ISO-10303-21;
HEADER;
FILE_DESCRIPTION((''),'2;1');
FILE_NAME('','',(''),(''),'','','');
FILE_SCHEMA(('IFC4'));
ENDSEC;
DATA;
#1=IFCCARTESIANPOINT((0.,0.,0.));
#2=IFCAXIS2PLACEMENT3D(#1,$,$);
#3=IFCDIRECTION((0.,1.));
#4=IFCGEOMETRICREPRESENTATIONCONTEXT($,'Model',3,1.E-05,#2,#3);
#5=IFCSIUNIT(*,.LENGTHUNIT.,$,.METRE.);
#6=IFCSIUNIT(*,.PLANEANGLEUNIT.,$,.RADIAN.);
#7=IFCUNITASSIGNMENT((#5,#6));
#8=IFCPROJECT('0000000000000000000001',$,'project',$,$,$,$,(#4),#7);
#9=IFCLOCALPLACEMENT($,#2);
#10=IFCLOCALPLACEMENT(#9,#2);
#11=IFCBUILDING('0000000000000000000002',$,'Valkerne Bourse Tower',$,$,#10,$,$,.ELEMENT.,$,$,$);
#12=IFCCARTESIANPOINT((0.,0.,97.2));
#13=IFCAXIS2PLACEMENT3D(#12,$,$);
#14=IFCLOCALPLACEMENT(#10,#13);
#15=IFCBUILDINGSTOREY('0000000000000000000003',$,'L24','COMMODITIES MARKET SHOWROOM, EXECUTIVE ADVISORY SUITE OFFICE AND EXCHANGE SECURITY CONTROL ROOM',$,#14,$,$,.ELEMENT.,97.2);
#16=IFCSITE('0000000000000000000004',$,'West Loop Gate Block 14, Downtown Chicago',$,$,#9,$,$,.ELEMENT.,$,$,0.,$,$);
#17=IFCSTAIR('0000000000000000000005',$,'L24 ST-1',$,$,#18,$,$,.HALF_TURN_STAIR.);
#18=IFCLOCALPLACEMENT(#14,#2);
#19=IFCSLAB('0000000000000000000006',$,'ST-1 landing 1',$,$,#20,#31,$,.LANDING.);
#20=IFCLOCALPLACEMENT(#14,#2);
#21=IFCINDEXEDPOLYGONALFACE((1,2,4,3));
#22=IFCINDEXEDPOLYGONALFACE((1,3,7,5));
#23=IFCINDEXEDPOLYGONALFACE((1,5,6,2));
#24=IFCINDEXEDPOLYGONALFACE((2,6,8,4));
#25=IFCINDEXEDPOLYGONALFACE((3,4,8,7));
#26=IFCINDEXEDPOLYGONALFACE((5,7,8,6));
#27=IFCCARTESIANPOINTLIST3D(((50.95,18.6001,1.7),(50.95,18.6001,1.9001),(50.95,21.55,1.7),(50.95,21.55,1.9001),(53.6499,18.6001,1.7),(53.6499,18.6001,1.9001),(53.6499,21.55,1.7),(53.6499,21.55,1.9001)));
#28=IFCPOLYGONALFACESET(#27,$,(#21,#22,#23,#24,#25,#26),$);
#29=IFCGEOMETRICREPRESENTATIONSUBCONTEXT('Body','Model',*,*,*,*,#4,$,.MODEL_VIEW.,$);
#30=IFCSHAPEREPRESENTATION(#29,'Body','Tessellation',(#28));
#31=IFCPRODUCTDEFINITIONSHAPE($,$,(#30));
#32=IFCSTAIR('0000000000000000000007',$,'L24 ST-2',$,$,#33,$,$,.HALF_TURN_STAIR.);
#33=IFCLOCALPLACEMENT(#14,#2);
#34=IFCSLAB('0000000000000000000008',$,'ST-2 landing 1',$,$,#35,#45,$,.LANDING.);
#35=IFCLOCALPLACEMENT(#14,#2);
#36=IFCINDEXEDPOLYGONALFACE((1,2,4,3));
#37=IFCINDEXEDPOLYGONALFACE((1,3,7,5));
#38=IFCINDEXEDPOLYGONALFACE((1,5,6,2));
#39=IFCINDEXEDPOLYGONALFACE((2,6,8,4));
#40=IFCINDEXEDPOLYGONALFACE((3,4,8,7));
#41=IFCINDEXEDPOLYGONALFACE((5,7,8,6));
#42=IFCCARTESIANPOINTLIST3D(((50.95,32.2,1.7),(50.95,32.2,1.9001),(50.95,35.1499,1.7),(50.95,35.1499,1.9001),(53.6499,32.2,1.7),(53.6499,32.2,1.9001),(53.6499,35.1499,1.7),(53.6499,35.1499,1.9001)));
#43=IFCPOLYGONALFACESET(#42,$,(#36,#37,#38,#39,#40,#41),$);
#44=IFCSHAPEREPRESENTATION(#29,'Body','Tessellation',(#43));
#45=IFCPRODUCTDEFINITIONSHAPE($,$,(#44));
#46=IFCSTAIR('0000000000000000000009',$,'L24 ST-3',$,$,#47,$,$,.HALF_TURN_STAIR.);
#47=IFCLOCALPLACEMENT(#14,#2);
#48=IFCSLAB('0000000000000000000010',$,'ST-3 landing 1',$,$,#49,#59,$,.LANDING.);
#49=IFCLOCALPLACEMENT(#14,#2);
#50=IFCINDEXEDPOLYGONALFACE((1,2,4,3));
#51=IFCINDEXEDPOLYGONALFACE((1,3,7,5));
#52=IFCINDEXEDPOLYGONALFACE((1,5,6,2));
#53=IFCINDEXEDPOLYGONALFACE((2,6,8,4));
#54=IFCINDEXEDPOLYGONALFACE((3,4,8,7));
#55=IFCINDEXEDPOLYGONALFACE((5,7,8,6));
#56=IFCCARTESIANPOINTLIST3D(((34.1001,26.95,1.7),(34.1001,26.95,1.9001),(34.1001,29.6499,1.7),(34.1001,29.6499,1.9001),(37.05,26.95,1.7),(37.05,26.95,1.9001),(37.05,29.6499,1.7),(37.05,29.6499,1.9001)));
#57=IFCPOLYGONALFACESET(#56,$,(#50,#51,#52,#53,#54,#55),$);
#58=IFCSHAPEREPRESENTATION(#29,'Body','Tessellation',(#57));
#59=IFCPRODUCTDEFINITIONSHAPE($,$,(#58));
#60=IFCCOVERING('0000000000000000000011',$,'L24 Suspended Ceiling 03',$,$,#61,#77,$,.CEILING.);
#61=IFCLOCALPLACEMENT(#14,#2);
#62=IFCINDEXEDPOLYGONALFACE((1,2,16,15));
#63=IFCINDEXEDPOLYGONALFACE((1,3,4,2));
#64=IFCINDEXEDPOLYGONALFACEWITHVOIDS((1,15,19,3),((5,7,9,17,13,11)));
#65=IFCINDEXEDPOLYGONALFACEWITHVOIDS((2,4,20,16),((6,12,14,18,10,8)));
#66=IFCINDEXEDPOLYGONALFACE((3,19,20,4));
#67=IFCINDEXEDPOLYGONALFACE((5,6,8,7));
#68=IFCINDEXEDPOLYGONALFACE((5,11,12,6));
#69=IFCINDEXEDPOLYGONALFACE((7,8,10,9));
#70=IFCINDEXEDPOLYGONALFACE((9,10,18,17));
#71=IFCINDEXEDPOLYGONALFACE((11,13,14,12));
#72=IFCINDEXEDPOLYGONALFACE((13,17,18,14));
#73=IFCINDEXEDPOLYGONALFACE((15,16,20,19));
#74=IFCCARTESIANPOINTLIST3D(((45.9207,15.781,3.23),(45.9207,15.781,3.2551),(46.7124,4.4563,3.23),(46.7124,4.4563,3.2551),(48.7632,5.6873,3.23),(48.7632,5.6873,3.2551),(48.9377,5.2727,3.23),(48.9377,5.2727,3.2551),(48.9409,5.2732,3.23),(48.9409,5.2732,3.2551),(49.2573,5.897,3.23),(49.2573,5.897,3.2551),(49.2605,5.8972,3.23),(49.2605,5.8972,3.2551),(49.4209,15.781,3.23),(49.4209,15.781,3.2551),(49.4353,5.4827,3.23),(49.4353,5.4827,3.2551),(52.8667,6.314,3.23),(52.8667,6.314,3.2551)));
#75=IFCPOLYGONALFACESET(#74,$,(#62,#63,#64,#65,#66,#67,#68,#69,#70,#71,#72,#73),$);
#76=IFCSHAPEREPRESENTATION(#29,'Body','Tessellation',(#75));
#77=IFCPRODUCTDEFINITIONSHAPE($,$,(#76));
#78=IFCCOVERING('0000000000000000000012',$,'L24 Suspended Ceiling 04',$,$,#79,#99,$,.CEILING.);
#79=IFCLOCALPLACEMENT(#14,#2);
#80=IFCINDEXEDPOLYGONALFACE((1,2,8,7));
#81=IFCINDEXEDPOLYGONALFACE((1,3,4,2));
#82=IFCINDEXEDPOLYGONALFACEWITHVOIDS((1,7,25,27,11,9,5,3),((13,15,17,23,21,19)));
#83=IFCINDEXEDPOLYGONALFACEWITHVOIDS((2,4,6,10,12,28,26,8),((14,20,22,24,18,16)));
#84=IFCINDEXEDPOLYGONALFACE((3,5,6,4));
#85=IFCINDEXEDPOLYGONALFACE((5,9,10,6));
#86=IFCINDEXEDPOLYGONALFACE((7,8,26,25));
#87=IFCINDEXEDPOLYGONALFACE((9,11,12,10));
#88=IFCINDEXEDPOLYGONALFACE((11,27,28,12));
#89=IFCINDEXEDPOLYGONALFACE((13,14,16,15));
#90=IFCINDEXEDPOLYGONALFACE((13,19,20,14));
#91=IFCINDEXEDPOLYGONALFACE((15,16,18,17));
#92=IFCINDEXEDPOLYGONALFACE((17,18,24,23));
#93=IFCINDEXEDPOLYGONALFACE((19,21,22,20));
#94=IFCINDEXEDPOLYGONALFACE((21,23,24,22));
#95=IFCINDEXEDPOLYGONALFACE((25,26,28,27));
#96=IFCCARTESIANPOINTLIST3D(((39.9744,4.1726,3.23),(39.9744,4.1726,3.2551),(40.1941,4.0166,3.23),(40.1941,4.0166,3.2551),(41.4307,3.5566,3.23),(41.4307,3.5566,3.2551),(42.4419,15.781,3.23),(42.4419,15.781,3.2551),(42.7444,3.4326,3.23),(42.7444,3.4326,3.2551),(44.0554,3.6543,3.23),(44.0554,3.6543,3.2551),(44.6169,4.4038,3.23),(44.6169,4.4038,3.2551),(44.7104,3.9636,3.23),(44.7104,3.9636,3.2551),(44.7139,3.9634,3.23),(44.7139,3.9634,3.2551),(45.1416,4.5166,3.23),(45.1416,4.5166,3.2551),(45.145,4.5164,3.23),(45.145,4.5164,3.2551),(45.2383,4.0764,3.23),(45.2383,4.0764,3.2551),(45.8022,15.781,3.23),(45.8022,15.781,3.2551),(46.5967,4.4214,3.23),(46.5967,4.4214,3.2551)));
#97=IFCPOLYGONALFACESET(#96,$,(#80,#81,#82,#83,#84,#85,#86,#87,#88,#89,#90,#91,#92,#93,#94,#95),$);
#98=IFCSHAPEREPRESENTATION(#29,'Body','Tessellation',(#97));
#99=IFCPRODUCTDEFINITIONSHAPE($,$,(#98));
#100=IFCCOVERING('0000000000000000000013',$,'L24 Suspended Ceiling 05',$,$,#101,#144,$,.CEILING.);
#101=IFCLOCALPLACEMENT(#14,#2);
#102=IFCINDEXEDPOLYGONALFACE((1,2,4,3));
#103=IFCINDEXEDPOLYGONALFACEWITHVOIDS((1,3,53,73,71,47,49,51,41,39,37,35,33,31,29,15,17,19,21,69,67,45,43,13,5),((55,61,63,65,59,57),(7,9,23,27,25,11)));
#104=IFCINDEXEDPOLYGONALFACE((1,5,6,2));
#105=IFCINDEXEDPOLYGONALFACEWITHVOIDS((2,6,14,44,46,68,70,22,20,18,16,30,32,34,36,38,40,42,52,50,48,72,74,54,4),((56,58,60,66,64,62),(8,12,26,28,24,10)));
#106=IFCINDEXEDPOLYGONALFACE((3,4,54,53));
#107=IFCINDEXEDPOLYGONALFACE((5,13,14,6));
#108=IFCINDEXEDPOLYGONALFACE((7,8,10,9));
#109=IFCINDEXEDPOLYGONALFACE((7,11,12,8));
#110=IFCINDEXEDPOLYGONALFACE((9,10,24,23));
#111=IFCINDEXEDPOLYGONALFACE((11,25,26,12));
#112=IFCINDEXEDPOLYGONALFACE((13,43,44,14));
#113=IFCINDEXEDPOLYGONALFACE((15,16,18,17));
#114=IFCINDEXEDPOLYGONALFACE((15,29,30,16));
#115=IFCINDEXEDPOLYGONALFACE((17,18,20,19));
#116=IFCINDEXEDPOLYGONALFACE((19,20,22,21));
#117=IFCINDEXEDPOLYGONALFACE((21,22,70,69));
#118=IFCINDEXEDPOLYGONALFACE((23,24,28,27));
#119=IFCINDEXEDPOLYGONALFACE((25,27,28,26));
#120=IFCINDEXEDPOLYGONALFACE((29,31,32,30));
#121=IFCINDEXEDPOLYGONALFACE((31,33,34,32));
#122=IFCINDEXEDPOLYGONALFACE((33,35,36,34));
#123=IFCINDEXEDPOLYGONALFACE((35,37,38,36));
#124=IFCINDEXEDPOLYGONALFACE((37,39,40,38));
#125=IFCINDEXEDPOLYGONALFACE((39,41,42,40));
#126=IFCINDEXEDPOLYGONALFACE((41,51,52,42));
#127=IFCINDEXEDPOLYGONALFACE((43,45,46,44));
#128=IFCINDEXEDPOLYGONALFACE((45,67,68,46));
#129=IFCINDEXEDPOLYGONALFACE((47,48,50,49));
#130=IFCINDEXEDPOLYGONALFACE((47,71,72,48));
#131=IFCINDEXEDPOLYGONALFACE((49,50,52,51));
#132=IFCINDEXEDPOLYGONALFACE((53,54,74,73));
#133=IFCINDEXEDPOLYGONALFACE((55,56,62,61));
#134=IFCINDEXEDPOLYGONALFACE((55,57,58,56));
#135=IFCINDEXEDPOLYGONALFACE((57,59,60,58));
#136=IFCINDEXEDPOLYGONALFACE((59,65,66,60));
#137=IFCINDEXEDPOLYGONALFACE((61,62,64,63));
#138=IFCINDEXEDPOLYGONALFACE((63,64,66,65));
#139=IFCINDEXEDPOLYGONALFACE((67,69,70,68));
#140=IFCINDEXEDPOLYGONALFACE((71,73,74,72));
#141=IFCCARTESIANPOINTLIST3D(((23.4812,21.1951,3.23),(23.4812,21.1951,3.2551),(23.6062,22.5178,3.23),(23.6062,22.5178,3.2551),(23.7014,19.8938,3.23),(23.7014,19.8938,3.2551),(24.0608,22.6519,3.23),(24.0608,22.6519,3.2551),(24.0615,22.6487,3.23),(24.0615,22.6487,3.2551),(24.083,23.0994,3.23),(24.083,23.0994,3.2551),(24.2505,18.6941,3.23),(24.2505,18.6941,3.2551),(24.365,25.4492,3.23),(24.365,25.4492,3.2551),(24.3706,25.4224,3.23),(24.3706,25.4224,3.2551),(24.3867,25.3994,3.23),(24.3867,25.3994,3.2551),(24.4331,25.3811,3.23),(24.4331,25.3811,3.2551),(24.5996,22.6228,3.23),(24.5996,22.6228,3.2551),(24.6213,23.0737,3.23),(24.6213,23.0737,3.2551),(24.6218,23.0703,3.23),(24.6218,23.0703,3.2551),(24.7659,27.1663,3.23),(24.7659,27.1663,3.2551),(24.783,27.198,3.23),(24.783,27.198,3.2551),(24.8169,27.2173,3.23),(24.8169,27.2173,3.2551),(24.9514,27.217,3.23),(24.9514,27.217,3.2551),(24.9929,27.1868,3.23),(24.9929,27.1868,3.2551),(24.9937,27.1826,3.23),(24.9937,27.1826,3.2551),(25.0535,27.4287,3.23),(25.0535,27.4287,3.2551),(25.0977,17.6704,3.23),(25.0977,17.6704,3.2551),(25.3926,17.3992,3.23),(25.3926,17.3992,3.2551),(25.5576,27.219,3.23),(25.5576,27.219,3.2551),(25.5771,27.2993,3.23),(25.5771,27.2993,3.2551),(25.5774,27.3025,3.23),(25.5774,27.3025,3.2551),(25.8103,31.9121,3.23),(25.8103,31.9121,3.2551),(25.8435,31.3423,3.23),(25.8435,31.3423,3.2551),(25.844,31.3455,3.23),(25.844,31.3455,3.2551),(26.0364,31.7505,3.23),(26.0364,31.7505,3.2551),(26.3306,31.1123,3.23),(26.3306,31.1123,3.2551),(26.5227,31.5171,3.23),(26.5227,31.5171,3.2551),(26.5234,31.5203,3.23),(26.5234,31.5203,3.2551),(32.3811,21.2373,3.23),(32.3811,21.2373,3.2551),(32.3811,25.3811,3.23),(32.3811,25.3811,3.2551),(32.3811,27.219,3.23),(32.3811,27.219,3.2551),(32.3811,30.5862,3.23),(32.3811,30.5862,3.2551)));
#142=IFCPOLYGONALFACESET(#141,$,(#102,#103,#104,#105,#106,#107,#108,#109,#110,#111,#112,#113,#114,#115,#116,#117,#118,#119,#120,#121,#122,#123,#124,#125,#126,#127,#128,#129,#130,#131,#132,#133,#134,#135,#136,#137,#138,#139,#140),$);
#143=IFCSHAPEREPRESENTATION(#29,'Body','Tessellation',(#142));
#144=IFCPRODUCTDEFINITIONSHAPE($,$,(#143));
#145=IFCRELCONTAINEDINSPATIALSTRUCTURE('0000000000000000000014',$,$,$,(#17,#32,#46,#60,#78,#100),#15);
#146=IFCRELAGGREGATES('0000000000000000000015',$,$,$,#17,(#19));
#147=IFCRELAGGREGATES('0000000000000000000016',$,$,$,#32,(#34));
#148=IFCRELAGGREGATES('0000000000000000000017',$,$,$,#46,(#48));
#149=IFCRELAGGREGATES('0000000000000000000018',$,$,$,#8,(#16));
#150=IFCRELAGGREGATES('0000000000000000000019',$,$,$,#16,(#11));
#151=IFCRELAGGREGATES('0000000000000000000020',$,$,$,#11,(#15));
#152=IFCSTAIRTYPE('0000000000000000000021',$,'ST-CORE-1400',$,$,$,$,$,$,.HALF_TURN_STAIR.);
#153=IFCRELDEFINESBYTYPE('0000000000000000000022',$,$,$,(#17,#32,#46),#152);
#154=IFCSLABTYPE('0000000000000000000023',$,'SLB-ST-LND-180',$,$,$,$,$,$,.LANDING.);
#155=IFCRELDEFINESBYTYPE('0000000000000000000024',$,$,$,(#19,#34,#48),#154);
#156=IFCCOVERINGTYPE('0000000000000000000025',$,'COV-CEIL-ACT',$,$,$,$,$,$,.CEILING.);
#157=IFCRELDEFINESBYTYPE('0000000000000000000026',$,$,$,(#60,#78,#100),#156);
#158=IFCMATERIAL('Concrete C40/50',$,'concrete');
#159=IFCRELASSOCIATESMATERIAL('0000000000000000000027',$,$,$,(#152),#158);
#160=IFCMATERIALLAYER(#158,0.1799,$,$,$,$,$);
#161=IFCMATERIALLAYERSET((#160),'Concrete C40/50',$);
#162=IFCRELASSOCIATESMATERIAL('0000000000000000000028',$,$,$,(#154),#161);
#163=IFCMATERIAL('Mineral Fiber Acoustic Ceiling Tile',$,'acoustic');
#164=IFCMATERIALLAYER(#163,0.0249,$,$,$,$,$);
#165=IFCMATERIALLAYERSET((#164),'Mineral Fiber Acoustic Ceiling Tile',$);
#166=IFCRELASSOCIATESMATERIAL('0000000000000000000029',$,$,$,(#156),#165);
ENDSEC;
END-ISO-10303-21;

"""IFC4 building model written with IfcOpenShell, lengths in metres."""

from ifc_helpers import new_model, si_unit, direction, frame, origin, place, context, subcontext, project, spatial, polyline, outline, extrude, material, layer, layer_set, type_object, element, aggregate, save


model = new_model("IFC4")

# Units and contexts
model_context = context("Model", 3, precision=1e-05, world=origin(), true_north=direction((0.0, 1.0)))
body_context = subcontext(model_context, "Body", "Model", "MODEL_VIEW")
ifc_project = project(units=[si_unit("LENGTHUNIT", "METRE"), si_unit("PLANEANGLEUNIT", "RADIAN")], contexts=[model_context])

# Site, building, storey
site_placement = place(None, origin())
site = spatial("IfcSite", under=ifc_project, at=site_placement, Name="West Loop Gate Block 14, Downtown Chicago", CompositionType="ELEMENT", RefElevation=0.0)
building_placement = place(site_placement, origin())
building = spatial("IfcBuilding", under=site, at=building_placement, Name="Valkerne Bourse Tower", CompositionType="ELEMENT")
storey_placement = place(building_placement, frame((0.0, 0.0, 97.2)))
storey = spatial("IfcBuildingStorey", under=building, at=storey_placement, Name="L24", Description="COMMODITIES MARKET SHOWROOM, EXECUTIVE ADVISORY SUITE OFFICE AND EXCHANGE SECURITY CONTROL ROOM", CompositionType="ELEMENT", Elevation=97.2)

# Stairs, slabs
ifc_material_1 = material(Name="Concrete C40/50", Category="concrete")
stair_type = type_object("IfcStairType", Name="ST-CORE-1400", PredefinedType="HALF_TURN_STAIR", material=ifc_material_1)
stair_1_placement = place(storey_placement, origin())
stair_1 = element("IfcStair", 1, at=stair_1_placement, inside=storey, type_object=stair_type, Name="L24 ST-1", PredefinedType="HALF_TURN_STAIR")
ifc_layer_1 = layer(ifc_material_1, 0.1799)
ifc_layer_set_1 = layer_set([ifc_layer_1], Name="Concrete C40/50")
slab_type = type_object("IfcSlabType", Name="SLB-ST-LND-180", PredefinedType="LANDING", material=ifc_layer_set_1)
slab_1_placement = place(storey_placement, frame((0.0, 0.0, 1.7)))
slab_1 = element("IfcSlab", 2, at=slab_1_placement, type_object=slab_type, Name="ST-1 landing 1", PredefinedType="LANDING", context=body_context, shape_type="SweptSolid", body=[
    extrude(outline(polyline([(50.95, 18.6001), (53.6499, 18.6001), (53.6499, 21.55), (50.95, 21.55), (50.95, 18.6001)])), origin(), (0.0, 0.0, 1.0), 0.2002),
])
aggregate(stair_1, [slab_1])
stair_2_placement = place(storey_placement, origin())
stair_2 = element("IfcStair", 3, at=stair_2_placement, inside=storey, type_object=stair_type, Name="L24 ST-2", PredefinedType="HALF_TURN_STAIR")
slab_2_placement = place(storey_placement, frame((0.0, 0.0, 1.7)))
slab_2 = element("IfcSlab", 4, at=slab_2_placement, type_object=slab_type, Name="ST-2 landing 1", PredefinedType="LANDING", context=body_context, shape_type="SweptSolid", body=[
    extrude(outline(polyline([(50.95, 32.2), (53.6499, 32.2), (53.6499, 35.1499), (50.95, 35.1499), (50.95, 32.2)])), origin(), (0.0, 0.0, 1.0), 0.2002),
])
aggregate(stair_2, [slab_2])
stair_3_placement = place(storey_placement, origin())
stair_3 = element("IfcStair", 5, at=stair_3_placement, inside=storey, type_object=stair_type, Name="L24 ST-3", PredefinedType="HALF_TURN_STAIR")
slab_3_placement = place(storey_placement, frame((0.0, 0.0, 1.7)))
slab_3 = element("IfcSlab", 6, at=slab_3_placement, type_object=slab_type, Name="ST-3 landing 1", PredefinedType="LANDING", context=body_context, shape_type="SweptSolid", body=[
    extrude(outline(polyline([(37.05, 26.95), (37.05, 29.6499), (34.1001, 29.6499), (34.1001, 26.95), (37.05, 26.95)])), origin(), (0.0, 0.0, 1.0), 0.2002),
])
aggregate(stair_3, [slab_3])

# Coverings
ifc_material_2 = material(Name="Mineral Fiber Acoustic Ceiling Tile", Category="acoustic")
ifc_layer_2 = layer(ifc_material_2, 0.0249)
ifc_layer_set_2 = layer_set([ifc_layer_2], Name="Mineral Fiber Acoustic Ceiling Tile")
covering_type_1 = type_object("IfcCoveringType", Name="COV-CEIL-ACT", PredefinedType="CEILING", material=ifc_layer_set_2)
covering_1_placement = place(storey_placement, frame((0.0, 0.0, 3.23)))
element("IfcCovering", 7, at=covering_1_placement, inside=storey, type_object=covering_type_1, Name="L24 Suspended Ceiling 03", PredefinedType="CEILING", context=body_context, shape_type="SweptSolid", body=[
    extrude(outline(polyline([(49.4209, 15.781), (52.8667, 6.314), (46.7124, 4.4563), (45.9207, 15.781), (49.4209, 15.781)]), holes=[polyline([(49.4353, 5.4827), (49.2605, 5.8972), (49.2573, 5.897), (48.7632, 5.6873), (48.9377, 5.2727), (48.9409, 5.2732), (49.4353, 5.4827)])]), origin(), (0.0, 0.0, 1.0), 0.0251),
])
covering_2_placement = place(storey_placement, frame((0.0, 0.0, 3.23)))
element("IfcCovering", 8, at=covering_2_placement, inside=storey, type_object=covering_type_1, Name="L24 Suspended Ceiling 04", PredefinedType="CEILING", context=body_context, shape_type="SweptSolid", body=[
    extrude(outline(polyline([(41.4307, 3.5566), (40.1941, 4.0166), (39.9744, 4.1726), (42.4419, 15.781), (45.8022, 15.781), (46.5967, 4.4214), (44.0554, 3.6543), (42.7444, 3.4326), (41.4307, 3.5566)]), holes=[polyline([(45.2383, 4.0764), (45.145, 4.5164), (45.1416, 4.5166), (44.6169, 4.4038), (44.7104, 3.9636), (44.7139, 3.9634), (45.2383, 4.0764)])]), origin(), (0.0, 0.0, 1.0), 0.0251),
])
covering_3_placement = place(storey_placement, frame((0.0, 0.0, 3.23)))
element("IfcCovering", 9, at=covering_3_placement, inside=storey, type_object=covering_type_1, Name="L24 Suspended Ceiling 05", PredefinedType="CEILING", context=body_context, shape_type="SweptSolid", body=[
    extrude(outline(polyline([(23.7014, 19.8938), (23.4812, 21.1951), (23.6062, 22.5178), (25.8103, 31.9121), (32.3811, 30.5862), (32.3811, 27.219), (25.5576, 27.219), (25.5771, 27.2993), (25.5774, 27.3025), (25.0535, 27.4287), (24.9937, 27.1826), (24.9929, 27.1868), (24.9514, 27.217), (24.8169, 27.2173), (24.783, 27.198), (24.7659, 27.1663), (24.365, 25.4492), (24.3706, 25.4224), (24.3867, 25.3994), (24.4331, 25.3811), (32.3811, 25.3811), (32.3811, 21.2373), (25.3926, 17.3992), (25.0977, 17.6704), (24.2505, 18.6941), (23.7014, 19.8938)]), holes=[polyline([(24.6213, 23.0737), (24.083, 23.0994), (24.0608, 22.6519), (24.0615, 22.6487), (24.5996, 22.6228), (24.6218, 23.0703), (24.6213, 23.0737)]), polyline([(26.5227, 31.5171), (26.5234, 31.5203), (26.0364, 31.7505), (25.844, 31.3455), (25.8435, 31.3423), (26.3306, 31.1123), (26.5227, 31.5171)])]), origin(), (0.0, 0.0, 1.0), 0.0251),
])

save(model, "model.ifc")
